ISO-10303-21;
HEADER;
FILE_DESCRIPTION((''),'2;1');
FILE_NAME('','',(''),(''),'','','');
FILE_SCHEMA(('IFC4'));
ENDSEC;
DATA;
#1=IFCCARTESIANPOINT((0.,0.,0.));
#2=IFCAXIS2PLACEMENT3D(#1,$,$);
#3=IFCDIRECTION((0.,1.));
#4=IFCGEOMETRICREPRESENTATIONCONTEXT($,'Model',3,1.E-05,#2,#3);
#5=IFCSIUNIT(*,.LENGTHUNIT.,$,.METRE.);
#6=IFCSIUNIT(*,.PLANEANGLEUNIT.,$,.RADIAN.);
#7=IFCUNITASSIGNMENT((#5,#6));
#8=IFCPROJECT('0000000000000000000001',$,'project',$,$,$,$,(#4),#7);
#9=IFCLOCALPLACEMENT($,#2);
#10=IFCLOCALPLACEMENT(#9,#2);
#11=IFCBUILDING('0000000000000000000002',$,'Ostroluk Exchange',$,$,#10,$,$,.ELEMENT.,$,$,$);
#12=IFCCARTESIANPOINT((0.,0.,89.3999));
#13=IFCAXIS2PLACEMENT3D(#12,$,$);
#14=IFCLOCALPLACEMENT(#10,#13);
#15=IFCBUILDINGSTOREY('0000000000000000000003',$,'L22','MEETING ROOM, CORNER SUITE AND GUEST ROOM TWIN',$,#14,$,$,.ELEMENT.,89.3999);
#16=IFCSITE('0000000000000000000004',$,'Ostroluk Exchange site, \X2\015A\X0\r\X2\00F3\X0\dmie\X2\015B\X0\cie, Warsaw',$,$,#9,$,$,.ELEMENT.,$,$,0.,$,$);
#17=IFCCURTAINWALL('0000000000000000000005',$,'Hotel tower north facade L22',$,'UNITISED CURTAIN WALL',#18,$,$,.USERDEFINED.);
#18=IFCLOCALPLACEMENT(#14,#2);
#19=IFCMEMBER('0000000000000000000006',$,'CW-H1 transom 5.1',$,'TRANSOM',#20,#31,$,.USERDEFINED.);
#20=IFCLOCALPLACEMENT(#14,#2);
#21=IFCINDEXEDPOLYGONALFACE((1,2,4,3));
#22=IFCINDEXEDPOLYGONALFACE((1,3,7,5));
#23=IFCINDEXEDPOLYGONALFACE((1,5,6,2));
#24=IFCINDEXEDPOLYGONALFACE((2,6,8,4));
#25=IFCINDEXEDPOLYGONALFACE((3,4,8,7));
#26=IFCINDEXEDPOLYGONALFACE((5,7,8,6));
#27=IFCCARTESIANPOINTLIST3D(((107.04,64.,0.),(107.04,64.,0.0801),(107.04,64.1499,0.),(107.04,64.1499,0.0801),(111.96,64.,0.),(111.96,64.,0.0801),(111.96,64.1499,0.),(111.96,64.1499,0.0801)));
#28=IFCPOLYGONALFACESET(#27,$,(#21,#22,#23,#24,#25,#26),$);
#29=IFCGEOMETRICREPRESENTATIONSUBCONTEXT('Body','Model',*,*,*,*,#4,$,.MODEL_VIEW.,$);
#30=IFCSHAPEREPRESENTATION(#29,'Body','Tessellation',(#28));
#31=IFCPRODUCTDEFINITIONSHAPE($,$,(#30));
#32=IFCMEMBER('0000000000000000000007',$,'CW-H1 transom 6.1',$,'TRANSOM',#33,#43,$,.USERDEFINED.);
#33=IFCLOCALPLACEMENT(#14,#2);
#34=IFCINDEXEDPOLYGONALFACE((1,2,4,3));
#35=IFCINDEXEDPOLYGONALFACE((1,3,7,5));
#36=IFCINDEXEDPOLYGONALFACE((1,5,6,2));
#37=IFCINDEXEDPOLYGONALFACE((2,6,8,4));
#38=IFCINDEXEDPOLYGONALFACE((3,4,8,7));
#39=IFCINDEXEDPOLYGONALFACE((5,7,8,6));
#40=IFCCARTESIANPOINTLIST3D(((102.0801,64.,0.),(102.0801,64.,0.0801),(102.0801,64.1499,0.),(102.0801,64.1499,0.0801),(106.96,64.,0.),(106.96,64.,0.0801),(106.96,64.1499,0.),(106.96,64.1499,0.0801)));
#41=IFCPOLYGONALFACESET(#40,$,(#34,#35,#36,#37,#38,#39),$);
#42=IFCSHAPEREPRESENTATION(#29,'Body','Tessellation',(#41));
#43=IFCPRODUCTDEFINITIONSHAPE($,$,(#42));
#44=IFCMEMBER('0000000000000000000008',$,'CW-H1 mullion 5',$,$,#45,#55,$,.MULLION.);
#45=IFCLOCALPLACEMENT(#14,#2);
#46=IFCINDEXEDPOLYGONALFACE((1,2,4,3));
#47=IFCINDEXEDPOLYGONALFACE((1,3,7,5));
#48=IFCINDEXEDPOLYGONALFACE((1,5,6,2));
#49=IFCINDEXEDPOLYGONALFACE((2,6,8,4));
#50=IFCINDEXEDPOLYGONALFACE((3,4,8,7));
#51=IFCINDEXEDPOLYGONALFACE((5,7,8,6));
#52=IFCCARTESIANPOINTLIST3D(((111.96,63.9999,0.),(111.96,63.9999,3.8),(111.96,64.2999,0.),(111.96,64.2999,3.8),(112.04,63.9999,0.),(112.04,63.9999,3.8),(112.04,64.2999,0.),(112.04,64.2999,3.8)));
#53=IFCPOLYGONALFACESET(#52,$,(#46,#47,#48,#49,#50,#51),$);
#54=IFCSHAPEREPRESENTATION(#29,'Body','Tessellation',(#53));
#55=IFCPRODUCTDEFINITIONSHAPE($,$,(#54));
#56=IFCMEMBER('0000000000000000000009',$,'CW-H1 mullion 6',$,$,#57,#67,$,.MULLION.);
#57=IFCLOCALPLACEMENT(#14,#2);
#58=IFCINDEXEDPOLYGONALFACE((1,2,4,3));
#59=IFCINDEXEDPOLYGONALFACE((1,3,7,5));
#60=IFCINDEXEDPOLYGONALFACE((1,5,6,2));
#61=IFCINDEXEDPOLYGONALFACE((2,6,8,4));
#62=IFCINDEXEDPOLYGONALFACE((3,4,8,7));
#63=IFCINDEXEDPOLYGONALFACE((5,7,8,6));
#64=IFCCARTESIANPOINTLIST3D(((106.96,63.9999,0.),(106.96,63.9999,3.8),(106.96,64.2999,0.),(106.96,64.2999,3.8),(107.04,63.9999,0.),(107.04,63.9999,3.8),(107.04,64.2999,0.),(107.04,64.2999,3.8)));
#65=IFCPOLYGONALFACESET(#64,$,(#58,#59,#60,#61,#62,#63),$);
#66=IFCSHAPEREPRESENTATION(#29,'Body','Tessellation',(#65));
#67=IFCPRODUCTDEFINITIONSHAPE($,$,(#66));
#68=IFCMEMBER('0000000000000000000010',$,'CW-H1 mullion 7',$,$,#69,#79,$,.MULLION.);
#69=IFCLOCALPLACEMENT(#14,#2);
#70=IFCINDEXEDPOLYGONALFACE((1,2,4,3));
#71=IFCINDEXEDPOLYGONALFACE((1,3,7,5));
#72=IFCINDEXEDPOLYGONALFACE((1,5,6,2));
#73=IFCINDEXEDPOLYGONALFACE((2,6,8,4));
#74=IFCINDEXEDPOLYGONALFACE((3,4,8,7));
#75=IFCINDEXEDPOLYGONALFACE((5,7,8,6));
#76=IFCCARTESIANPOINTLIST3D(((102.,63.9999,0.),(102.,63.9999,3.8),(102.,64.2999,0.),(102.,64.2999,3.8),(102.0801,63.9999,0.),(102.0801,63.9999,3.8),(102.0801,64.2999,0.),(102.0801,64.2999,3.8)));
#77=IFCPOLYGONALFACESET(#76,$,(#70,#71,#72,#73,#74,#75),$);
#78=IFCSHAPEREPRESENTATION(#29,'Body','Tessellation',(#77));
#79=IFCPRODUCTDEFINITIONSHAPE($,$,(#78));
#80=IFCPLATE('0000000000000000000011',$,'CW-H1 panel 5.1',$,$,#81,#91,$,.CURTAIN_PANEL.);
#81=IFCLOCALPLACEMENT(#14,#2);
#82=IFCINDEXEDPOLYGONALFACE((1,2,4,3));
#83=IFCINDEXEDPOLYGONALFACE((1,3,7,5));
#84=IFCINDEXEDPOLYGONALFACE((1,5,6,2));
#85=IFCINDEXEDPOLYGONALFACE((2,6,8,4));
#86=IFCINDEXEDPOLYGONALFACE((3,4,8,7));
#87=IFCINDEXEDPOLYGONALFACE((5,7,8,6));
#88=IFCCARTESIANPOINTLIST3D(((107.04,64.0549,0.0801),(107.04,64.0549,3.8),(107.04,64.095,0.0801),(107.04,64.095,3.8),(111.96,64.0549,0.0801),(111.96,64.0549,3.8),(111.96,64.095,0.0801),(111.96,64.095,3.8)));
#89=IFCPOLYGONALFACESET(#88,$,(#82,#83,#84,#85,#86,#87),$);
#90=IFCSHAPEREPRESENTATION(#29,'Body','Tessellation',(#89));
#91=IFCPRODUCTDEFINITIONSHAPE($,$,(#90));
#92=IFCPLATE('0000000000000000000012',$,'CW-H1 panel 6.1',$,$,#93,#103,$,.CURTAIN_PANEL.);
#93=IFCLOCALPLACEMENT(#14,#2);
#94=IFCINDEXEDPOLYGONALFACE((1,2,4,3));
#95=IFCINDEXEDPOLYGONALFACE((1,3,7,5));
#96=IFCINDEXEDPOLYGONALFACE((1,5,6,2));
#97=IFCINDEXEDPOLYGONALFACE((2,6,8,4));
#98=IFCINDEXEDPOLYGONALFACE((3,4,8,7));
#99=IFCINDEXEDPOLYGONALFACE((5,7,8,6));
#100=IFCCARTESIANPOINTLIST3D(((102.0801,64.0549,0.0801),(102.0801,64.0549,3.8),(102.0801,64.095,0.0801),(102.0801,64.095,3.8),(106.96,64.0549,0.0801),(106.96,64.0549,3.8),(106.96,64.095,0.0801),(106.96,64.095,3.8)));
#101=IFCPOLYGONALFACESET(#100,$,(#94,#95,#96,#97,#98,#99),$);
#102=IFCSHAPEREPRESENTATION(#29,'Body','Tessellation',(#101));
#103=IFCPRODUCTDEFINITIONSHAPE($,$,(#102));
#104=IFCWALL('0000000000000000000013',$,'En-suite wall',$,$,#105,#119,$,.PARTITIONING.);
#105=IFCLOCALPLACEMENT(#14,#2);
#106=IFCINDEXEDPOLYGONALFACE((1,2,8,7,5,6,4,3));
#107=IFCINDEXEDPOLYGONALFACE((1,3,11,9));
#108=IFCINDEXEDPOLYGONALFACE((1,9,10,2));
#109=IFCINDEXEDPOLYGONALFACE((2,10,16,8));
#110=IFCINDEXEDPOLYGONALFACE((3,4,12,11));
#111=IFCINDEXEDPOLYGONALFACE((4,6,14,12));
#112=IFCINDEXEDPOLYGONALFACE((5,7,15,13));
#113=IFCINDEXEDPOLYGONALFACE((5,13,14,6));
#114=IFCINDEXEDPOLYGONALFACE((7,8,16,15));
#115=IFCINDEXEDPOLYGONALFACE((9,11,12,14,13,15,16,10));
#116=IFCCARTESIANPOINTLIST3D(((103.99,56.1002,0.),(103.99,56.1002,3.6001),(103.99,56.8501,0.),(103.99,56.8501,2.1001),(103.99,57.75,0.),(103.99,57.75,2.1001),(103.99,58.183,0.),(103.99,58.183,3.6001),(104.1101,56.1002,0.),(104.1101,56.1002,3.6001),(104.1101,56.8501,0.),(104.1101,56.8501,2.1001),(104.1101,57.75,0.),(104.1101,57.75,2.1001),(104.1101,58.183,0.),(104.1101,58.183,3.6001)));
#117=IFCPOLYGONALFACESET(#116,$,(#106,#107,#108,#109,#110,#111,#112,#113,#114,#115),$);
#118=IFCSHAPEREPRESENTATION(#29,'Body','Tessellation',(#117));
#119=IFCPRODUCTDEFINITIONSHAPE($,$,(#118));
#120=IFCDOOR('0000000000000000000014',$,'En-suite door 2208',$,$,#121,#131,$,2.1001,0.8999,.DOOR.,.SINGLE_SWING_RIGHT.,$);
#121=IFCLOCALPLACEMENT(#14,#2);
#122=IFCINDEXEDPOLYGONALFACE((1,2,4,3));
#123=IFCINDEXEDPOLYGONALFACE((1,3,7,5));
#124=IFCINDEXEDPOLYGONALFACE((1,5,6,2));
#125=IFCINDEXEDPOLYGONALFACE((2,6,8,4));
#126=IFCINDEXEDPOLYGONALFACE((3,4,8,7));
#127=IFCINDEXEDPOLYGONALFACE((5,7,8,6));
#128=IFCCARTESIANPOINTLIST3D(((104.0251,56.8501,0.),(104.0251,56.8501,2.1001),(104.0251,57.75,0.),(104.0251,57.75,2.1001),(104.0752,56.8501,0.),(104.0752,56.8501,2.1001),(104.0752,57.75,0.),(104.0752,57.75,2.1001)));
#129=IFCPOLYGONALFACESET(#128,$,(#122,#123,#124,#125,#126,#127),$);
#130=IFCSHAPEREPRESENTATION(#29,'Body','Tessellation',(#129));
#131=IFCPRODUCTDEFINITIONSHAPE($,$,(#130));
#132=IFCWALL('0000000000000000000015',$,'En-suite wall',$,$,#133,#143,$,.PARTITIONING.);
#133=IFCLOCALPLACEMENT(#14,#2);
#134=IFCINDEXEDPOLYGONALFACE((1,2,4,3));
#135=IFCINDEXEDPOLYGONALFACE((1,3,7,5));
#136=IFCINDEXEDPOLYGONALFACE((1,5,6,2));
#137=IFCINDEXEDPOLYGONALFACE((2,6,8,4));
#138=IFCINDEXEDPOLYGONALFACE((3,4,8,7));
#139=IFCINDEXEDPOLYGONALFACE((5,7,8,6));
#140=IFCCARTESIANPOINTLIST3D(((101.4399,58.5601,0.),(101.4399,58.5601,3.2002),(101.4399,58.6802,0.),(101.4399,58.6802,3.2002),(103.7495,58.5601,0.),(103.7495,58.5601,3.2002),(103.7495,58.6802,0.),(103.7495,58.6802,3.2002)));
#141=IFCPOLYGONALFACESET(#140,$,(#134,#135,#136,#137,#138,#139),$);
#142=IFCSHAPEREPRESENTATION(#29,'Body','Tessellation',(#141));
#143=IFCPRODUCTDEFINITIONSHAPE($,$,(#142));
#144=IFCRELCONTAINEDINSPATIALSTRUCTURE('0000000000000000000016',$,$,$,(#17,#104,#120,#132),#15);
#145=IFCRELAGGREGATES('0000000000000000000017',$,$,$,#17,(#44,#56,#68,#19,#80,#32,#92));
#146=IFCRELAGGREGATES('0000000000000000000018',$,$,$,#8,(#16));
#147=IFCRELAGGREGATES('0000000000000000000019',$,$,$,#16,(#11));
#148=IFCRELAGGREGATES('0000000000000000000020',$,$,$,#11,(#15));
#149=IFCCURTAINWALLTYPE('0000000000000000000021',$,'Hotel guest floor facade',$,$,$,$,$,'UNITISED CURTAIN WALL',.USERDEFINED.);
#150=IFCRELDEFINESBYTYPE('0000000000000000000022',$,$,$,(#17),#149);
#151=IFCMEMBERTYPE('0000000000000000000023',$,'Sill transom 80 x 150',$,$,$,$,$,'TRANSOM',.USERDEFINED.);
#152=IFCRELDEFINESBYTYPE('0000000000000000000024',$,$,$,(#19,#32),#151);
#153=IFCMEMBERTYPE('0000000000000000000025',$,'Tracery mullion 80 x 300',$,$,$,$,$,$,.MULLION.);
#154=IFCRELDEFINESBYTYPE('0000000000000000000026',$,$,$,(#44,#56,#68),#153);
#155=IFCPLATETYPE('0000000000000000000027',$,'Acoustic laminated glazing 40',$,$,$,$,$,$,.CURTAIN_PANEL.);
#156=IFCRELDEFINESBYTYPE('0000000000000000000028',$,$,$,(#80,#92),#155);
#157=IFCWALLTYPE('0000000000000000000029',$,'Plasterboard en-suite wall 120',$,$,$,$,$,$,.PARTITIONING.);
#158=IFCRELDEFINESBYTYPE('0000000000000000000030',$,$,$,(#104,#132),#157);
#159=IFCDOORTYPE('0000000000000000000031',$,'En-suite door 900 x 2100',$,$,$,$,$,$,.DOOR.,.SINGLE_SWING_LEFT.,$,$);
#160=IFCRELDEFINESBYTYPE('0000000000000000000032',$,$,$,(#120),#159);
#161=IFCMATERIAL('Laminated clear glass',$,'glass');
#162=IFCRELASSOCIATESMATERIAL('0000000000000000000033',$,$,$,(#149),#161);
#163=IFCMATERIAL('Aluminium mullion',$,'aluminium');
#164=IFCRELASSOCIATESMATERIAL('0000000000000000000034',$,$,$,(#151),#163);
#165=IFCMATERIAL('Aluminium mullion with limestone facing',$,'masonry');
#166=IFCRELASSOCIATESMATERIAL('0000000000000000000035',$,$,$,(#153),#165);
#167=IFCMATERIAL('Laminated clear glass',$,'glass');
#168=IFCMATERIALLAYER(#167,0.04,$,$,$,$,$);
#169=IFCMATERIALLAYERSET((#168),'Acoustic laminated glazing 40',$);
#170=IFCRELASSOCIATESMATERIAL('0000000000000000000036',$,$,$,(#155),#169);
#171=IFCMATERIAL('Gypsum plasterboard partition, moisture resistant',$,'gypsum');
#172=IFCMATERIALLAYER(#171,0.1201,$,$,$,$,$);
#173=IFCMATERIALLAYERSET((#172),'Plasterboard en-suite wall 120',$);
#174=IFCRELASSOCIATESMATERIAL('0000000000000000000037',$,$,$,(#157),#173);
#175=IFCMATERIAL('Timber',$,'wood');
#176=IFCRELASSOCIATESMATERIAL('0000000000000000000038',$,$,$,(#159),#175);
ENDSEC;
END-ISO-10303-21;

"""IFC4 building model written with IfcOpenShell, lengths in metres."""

from ifc_helpers import new_model, si_unit, direction, frame, frame_2d, origin, origin_2d, place, context, subcontext, project, spatial, rectangle, extrude, material, layer, layer_set, material_profile, profile_set, type_object, element, fill, aggregate, save


model = new_model("IFC4")

# Units and contexts
model_context = context("Model", 3, precision=1e-05, world=origin(), true_north=direction((0.0, 1.0)))
body_context = subcontext(model_context, "Body", "Model", "MODEL_VIEW")
ifc_project = project(units=[si_unit("LENGTHUNIT", "METRE"), si_unit("PLANEANGLEUNIT", "RADIAN")], contexts=[model_context])

# Site, building, storey
site_placement = place(None, origin())
site = spatial("IfcSite", under=ifc_project, at=site_placement, Name="Ostroluk Exchange site, Śródmieście, Warsaw", CompositionType="ELEMENT", RefElevation=0.0)
building_placement = place(site_placement, origin())
building = spatial("IfcBuilding", under=site, at=building_placement, Name="Ostroluk Exchange", CompositionType="ELEMENT")
storey_placement = place(building_placement, frame((0.0, 0.0, 89.3999)))
storey = spatial("IfcBuildingStorey", under=building, at=storey_placement, Name="L22", Description="MEETING ROOM, CORNER SUITE AND GUEST ROOM TWIN", CompositionType="ELEMENT", Elevation=89.3999)

# Curtain wall, members, plates
ifc_material_1 = material(Name="Laminated clear glass", Category="glass")
curtain_wall_type = type_object("IfcCurtainWallType", Name="Hotel guest floor facade", ElementType="UNITISED CURTAIN WALL", PredefinedType="USERDEFINED", material=ifc_material_1)
curtain_wall_placement = place(storey_placement, origin())
curtain_wall = element("IfcCurtainWall", 1, at=curtain_wall_placement, inside=storey, type_object=curtain_wall_type, Name="Hotel tower north facade L22", ObjectType="UNITISED CURTAIN WALL", PredefinedType="USERDEFINED")
ifc_material_2 = material(Name="Aluminium mullion", Category="aluminium")
ifc_material_profile_1 = material_profile(ifc_material_2, rectangle(XDim=0.1499, YDim=0.0801, at=origin_2d()), Name="Sill transom 80 x 150")
ifc_profile_set_1 = profile_set([ifc_material_profile_1], Name="Aluminium mullion")
member_type_1 = type_object("IfcMemberType", Name="Sill transom 80 x 150", ElementType="TRANSOM", PredefinedType="USERDEFINED", material=ifc_profile_set_1)
member_1_placement = place(storey_placement, frame((111.96, 64.075, 0.04), z_axis=(-1.0, 0.0, 0.0), x_axis=(0.0, -1.0, 0.0)))
member_1 = element("IfcMember", 2, at=member_1_placement, type_object=member_type_1, Name="CW-H1 transom 5.1", ObjectType="TRANSOM", PredefinedType="USERDEFINED", context=body_context, shape_type="SweptSolid", body=[
    extrude(rectangle(XDim=0.1499, YDim=0.0801, at=origin_2d()), origin(), (0.0, 0.0, 1.0), 4.9199),
])
member_2_placement = place(storey_placement, frame((106.96, 64.075, 0.04), z_axis=(-1.0, 0.0, 0.0), x_axis=(0.0, -1.0, 0.0)))
member_2 = element("IfcMember", 3, at=member_2_placement, type_object=member_type_1, Name="CW-H1 transom 6.1", ObjectType="TRANSOM", PredefinedType="USERDEFINED", context=body_context, shape_type="SweptSolid", body=[
    extrude(rectangle(XDim=0.1499, YDim=0.0801, at=origin_2d()), origin(), (0.0, 0.0, 1.0), 4.8799),
])
ifc_material_3 = material(Name="Aluminium mullion with limestone facing", Category="masonry")
ifc_material_profile_2 = material_profile(ifc_material_3, rectangle(XDim=0.3, YDim=0.0801, at=origin_2d()), Name="Tracery mullion 80 x 300")
ifc_profile_set_2 = profile_set([ifc_material_profile_2], Name="Aluminium mullion with limestone facing")
member_type_2 = type_object("IfcMemberType", Name="Tracery mullion 80 x 300", PredefinedType="MULLION", material=ifc_profile_set_2)
member_3_placement = place(storey_placement, frame((112.0, 64.1499, 0.0), z_axis=(0.0, 0.0, 1.0), x_axis=(0.0, -1.0, 0.0)))
member_3 = element("IfcMember", 4, at=member_3_placement, type_object=member_type_2, Name="CW-H1 mullion 5", PredefinedType="MULLION", context=body_context, shape_type="SweptSolid", body=[
    extrude(rectangle(XDim=0.3, YDim=0.0801, at=origin_2d()), origin(), (0.0, 0.0, 1.0), 3.8),
])
member_4_placement = place(storey_placement, frame((107.0, 64.1499, 0.0), z_axis=(0.0, 0.0, 1.0), x_axis=(0.0, -1.0, 0.0)))
member_4 = element("IfcMember", 5, at=member_4_placement, type_object=member_type_2, Name="CW-H1 mullion 6", PredefinedType="MULLION", context=body_context, shape_type="SweptSolid", body=[
    extrude(rectangle(XDim=0.3, YDim=0.0801, at=origin_2d()), origin(), (0.0, 0.0, 1.0), 3.8),
])
member_5_placement = place(storey_placement, frame((102.04, 64.1499, 0.0), z_axis=(0.0, 0.0, 1.0), x_axis=(0.0, -1.0, 0.0)))
member_5 = element("IfcMember", 6, at=member_5_placement, type_object=member_type_2, Name="CW-H1 mullion 7", PredefinedType="MULLION", context=body_context, shape_type="SweptSolid", body=[
    extrude(rectangle(XDim=0.3, YDim=0.0801, at=origin_2d()), origin(), (0.0, 0.0, 1.0), 3.8),
])
ifc_material_4 = material(Name="Laminated clear glass", Category="glass")
ifc_layer_1 = layer(ifc_material_4, 0.04)
ifc_layer_set_1 = layer_set([ifc_layer_1], Name="Acoustic laminated glazing 40")
plate_type = type_object("IfcPlateType", Name="Acoustic laminated glazing 40", PredefinedType="CURTAIN_PANEL", material=ifc_layer_set_1)
plate_1_placement = place(storey_placement, frame((109.5, 64.075, 0.0801), z_axis=(0.0, 0.0, 1.0), x_axis=(-1.0, 0.0, 0.0)))
plate_1 = element("IfcPlate", 7, at=plate_1_placement, type_object=plate_type, Name="CW-H1 panel 5.1", PredefinedType="CURTAIN_PANEL", context=body_context, shape_type="SweptSolid", body=[
    extrude(rectangle(XDim=4.9199, YDim=0.04, at=origin_2d()), origin(), (0.0, 0.0, 1.0), 3.72),
])
plate_2_placement = place(storey_placement, frame((104.52, 64.075, 0.0801), z_axis=(0.0, 0.0, 1.0), x_axis=(-1.0, 0.0, 0.0)))
plate_2 = element("IfcPlate", 8, at=plate_2_placement, type_object=plate_type, Name="CW-H1 panel 6.1", PredefinedType="CURTAIN_PANEL", context=body_context, shape_type="SweptSolid", body=[
    extrude(rectangle(XDim=4.8799, YDim=0.04, at=origin_2d()), origin(), (0.0, 0.0, 1.0), 3.72),
])
aggregate(curtain_wall, [member_3, member_4, member_5, member_1, plate_1, member_2, plate_2])

# Wall, opening, door
ifc_material_5 = material(Name="Gypsum plasterboard partition, moisture resistant", Category="gypsum")
ifc_layer_2 = layer(ifc_material_5, 0.1201)
ifc_layer_set_2 = layer_set([ifc_layer_2], Name="Plasterboard en-suite wall 120")
wall_type_1 = type_object("IfcWallType", Name="Plasterboard en-suite wall 120", PredefinedType="PARTITIONING", material=ifc_layer_set_2)
wall_1_placement = place(storey_placement, frame((104.05, 56.1001, 0.0), z_axis=(0.0, 0.0, 1.0), x_axis=(0.0, 1.0, 0.0)))
wall_1 = element("IfcWall", 9, at=wall_1_placement, inside=storey, type_object=wall_type_1, Name="En-suite wall", PredefinedType="PARTITIONING", context=body_context, shape_type="SweptSolid", body=[
    extrude(rectangle(XDim=2.0828, YDim=0.1201, at=frame_2d((1.0415, 0.0))), origin(), (0.0, 0.0, 1.0), 3.6001),
])
opening_1_placement = place(wall_1_placement, frame((0.75, 0.0, 0.0)))
opening_1 = element("IfcOpeningElement", 10, at=opening_1_placement, cuts=wall_1, PredefinedType="OPENING", context=body_context, shape_type="SweptSolid", body=[
    extrude(rectangle(XDim=0.8999, YDim=2.1001, at=frame_2d((0.45, 1.05))), frame((0.0, 0.0701, 0.0), z_axis=(0.0, -1.0, 0.0), x_axis=(1.0, 0.0, 0.0)), (0.0, 0.0, 1.0), 0.1401),
])
ifc_material_6 = material(Name="Timber", Category="wood")
door_type_1 = type_object("IfcDoorType", Name="En-suite door 900 x 2100", OperationType="SINGLE_SWING_LEFT", PredefinedType="DOOR", material=ifc_material_6)
door_1_placement = place(opening_1_placement, origin())
door_1 = element("IfcDoor", 11, at=door_1_placement, inside=storey, type_object=door_type_1, Name="En-suite door 2208", OperationType="SINGLE_SWING_RIGHT", OverallHeight=2.1001, OverallWidth=0.8999, PredefinedType="DOOR", context=body_context, shape_type="SweptSolid", body=[
    extrude(rectangle(XDim=0.8999, YDim=2.1001, at=frame_2d((0.45, 1.05))), frame((0.0, 0.0249, 0.0), z_axis=(0.0, -1.0, 0.0), x_axis=(1.0, 0.0, 0.0)), (0.0, 0.0, 1.0), 0.05),
])
fill(opening_1, door_1)

# Wall
wall_2_placement = place(storey_placement, frame((103.7495, 58.6201, 0.0), z_axis=(0.0, 0.0, 1.0), x_axis=(-1.0, 0.0, 0.0)))
element("IfcWall", 12, at=wall_2_placement, inside=storey, type_object=wall_type_1, Name="En-suite wall", PredefinedType="PARTITIONING", context=body_context, shape_type="SweptSolid", body=[
    extrude(rectangle(XDim=2.3096, YDim=0.1201, at=frame_2d((1.1548, 0.0))), origin(), (0.0, 0.0, 1.0), 3.2002),
])

save(model, "model.ifc")
